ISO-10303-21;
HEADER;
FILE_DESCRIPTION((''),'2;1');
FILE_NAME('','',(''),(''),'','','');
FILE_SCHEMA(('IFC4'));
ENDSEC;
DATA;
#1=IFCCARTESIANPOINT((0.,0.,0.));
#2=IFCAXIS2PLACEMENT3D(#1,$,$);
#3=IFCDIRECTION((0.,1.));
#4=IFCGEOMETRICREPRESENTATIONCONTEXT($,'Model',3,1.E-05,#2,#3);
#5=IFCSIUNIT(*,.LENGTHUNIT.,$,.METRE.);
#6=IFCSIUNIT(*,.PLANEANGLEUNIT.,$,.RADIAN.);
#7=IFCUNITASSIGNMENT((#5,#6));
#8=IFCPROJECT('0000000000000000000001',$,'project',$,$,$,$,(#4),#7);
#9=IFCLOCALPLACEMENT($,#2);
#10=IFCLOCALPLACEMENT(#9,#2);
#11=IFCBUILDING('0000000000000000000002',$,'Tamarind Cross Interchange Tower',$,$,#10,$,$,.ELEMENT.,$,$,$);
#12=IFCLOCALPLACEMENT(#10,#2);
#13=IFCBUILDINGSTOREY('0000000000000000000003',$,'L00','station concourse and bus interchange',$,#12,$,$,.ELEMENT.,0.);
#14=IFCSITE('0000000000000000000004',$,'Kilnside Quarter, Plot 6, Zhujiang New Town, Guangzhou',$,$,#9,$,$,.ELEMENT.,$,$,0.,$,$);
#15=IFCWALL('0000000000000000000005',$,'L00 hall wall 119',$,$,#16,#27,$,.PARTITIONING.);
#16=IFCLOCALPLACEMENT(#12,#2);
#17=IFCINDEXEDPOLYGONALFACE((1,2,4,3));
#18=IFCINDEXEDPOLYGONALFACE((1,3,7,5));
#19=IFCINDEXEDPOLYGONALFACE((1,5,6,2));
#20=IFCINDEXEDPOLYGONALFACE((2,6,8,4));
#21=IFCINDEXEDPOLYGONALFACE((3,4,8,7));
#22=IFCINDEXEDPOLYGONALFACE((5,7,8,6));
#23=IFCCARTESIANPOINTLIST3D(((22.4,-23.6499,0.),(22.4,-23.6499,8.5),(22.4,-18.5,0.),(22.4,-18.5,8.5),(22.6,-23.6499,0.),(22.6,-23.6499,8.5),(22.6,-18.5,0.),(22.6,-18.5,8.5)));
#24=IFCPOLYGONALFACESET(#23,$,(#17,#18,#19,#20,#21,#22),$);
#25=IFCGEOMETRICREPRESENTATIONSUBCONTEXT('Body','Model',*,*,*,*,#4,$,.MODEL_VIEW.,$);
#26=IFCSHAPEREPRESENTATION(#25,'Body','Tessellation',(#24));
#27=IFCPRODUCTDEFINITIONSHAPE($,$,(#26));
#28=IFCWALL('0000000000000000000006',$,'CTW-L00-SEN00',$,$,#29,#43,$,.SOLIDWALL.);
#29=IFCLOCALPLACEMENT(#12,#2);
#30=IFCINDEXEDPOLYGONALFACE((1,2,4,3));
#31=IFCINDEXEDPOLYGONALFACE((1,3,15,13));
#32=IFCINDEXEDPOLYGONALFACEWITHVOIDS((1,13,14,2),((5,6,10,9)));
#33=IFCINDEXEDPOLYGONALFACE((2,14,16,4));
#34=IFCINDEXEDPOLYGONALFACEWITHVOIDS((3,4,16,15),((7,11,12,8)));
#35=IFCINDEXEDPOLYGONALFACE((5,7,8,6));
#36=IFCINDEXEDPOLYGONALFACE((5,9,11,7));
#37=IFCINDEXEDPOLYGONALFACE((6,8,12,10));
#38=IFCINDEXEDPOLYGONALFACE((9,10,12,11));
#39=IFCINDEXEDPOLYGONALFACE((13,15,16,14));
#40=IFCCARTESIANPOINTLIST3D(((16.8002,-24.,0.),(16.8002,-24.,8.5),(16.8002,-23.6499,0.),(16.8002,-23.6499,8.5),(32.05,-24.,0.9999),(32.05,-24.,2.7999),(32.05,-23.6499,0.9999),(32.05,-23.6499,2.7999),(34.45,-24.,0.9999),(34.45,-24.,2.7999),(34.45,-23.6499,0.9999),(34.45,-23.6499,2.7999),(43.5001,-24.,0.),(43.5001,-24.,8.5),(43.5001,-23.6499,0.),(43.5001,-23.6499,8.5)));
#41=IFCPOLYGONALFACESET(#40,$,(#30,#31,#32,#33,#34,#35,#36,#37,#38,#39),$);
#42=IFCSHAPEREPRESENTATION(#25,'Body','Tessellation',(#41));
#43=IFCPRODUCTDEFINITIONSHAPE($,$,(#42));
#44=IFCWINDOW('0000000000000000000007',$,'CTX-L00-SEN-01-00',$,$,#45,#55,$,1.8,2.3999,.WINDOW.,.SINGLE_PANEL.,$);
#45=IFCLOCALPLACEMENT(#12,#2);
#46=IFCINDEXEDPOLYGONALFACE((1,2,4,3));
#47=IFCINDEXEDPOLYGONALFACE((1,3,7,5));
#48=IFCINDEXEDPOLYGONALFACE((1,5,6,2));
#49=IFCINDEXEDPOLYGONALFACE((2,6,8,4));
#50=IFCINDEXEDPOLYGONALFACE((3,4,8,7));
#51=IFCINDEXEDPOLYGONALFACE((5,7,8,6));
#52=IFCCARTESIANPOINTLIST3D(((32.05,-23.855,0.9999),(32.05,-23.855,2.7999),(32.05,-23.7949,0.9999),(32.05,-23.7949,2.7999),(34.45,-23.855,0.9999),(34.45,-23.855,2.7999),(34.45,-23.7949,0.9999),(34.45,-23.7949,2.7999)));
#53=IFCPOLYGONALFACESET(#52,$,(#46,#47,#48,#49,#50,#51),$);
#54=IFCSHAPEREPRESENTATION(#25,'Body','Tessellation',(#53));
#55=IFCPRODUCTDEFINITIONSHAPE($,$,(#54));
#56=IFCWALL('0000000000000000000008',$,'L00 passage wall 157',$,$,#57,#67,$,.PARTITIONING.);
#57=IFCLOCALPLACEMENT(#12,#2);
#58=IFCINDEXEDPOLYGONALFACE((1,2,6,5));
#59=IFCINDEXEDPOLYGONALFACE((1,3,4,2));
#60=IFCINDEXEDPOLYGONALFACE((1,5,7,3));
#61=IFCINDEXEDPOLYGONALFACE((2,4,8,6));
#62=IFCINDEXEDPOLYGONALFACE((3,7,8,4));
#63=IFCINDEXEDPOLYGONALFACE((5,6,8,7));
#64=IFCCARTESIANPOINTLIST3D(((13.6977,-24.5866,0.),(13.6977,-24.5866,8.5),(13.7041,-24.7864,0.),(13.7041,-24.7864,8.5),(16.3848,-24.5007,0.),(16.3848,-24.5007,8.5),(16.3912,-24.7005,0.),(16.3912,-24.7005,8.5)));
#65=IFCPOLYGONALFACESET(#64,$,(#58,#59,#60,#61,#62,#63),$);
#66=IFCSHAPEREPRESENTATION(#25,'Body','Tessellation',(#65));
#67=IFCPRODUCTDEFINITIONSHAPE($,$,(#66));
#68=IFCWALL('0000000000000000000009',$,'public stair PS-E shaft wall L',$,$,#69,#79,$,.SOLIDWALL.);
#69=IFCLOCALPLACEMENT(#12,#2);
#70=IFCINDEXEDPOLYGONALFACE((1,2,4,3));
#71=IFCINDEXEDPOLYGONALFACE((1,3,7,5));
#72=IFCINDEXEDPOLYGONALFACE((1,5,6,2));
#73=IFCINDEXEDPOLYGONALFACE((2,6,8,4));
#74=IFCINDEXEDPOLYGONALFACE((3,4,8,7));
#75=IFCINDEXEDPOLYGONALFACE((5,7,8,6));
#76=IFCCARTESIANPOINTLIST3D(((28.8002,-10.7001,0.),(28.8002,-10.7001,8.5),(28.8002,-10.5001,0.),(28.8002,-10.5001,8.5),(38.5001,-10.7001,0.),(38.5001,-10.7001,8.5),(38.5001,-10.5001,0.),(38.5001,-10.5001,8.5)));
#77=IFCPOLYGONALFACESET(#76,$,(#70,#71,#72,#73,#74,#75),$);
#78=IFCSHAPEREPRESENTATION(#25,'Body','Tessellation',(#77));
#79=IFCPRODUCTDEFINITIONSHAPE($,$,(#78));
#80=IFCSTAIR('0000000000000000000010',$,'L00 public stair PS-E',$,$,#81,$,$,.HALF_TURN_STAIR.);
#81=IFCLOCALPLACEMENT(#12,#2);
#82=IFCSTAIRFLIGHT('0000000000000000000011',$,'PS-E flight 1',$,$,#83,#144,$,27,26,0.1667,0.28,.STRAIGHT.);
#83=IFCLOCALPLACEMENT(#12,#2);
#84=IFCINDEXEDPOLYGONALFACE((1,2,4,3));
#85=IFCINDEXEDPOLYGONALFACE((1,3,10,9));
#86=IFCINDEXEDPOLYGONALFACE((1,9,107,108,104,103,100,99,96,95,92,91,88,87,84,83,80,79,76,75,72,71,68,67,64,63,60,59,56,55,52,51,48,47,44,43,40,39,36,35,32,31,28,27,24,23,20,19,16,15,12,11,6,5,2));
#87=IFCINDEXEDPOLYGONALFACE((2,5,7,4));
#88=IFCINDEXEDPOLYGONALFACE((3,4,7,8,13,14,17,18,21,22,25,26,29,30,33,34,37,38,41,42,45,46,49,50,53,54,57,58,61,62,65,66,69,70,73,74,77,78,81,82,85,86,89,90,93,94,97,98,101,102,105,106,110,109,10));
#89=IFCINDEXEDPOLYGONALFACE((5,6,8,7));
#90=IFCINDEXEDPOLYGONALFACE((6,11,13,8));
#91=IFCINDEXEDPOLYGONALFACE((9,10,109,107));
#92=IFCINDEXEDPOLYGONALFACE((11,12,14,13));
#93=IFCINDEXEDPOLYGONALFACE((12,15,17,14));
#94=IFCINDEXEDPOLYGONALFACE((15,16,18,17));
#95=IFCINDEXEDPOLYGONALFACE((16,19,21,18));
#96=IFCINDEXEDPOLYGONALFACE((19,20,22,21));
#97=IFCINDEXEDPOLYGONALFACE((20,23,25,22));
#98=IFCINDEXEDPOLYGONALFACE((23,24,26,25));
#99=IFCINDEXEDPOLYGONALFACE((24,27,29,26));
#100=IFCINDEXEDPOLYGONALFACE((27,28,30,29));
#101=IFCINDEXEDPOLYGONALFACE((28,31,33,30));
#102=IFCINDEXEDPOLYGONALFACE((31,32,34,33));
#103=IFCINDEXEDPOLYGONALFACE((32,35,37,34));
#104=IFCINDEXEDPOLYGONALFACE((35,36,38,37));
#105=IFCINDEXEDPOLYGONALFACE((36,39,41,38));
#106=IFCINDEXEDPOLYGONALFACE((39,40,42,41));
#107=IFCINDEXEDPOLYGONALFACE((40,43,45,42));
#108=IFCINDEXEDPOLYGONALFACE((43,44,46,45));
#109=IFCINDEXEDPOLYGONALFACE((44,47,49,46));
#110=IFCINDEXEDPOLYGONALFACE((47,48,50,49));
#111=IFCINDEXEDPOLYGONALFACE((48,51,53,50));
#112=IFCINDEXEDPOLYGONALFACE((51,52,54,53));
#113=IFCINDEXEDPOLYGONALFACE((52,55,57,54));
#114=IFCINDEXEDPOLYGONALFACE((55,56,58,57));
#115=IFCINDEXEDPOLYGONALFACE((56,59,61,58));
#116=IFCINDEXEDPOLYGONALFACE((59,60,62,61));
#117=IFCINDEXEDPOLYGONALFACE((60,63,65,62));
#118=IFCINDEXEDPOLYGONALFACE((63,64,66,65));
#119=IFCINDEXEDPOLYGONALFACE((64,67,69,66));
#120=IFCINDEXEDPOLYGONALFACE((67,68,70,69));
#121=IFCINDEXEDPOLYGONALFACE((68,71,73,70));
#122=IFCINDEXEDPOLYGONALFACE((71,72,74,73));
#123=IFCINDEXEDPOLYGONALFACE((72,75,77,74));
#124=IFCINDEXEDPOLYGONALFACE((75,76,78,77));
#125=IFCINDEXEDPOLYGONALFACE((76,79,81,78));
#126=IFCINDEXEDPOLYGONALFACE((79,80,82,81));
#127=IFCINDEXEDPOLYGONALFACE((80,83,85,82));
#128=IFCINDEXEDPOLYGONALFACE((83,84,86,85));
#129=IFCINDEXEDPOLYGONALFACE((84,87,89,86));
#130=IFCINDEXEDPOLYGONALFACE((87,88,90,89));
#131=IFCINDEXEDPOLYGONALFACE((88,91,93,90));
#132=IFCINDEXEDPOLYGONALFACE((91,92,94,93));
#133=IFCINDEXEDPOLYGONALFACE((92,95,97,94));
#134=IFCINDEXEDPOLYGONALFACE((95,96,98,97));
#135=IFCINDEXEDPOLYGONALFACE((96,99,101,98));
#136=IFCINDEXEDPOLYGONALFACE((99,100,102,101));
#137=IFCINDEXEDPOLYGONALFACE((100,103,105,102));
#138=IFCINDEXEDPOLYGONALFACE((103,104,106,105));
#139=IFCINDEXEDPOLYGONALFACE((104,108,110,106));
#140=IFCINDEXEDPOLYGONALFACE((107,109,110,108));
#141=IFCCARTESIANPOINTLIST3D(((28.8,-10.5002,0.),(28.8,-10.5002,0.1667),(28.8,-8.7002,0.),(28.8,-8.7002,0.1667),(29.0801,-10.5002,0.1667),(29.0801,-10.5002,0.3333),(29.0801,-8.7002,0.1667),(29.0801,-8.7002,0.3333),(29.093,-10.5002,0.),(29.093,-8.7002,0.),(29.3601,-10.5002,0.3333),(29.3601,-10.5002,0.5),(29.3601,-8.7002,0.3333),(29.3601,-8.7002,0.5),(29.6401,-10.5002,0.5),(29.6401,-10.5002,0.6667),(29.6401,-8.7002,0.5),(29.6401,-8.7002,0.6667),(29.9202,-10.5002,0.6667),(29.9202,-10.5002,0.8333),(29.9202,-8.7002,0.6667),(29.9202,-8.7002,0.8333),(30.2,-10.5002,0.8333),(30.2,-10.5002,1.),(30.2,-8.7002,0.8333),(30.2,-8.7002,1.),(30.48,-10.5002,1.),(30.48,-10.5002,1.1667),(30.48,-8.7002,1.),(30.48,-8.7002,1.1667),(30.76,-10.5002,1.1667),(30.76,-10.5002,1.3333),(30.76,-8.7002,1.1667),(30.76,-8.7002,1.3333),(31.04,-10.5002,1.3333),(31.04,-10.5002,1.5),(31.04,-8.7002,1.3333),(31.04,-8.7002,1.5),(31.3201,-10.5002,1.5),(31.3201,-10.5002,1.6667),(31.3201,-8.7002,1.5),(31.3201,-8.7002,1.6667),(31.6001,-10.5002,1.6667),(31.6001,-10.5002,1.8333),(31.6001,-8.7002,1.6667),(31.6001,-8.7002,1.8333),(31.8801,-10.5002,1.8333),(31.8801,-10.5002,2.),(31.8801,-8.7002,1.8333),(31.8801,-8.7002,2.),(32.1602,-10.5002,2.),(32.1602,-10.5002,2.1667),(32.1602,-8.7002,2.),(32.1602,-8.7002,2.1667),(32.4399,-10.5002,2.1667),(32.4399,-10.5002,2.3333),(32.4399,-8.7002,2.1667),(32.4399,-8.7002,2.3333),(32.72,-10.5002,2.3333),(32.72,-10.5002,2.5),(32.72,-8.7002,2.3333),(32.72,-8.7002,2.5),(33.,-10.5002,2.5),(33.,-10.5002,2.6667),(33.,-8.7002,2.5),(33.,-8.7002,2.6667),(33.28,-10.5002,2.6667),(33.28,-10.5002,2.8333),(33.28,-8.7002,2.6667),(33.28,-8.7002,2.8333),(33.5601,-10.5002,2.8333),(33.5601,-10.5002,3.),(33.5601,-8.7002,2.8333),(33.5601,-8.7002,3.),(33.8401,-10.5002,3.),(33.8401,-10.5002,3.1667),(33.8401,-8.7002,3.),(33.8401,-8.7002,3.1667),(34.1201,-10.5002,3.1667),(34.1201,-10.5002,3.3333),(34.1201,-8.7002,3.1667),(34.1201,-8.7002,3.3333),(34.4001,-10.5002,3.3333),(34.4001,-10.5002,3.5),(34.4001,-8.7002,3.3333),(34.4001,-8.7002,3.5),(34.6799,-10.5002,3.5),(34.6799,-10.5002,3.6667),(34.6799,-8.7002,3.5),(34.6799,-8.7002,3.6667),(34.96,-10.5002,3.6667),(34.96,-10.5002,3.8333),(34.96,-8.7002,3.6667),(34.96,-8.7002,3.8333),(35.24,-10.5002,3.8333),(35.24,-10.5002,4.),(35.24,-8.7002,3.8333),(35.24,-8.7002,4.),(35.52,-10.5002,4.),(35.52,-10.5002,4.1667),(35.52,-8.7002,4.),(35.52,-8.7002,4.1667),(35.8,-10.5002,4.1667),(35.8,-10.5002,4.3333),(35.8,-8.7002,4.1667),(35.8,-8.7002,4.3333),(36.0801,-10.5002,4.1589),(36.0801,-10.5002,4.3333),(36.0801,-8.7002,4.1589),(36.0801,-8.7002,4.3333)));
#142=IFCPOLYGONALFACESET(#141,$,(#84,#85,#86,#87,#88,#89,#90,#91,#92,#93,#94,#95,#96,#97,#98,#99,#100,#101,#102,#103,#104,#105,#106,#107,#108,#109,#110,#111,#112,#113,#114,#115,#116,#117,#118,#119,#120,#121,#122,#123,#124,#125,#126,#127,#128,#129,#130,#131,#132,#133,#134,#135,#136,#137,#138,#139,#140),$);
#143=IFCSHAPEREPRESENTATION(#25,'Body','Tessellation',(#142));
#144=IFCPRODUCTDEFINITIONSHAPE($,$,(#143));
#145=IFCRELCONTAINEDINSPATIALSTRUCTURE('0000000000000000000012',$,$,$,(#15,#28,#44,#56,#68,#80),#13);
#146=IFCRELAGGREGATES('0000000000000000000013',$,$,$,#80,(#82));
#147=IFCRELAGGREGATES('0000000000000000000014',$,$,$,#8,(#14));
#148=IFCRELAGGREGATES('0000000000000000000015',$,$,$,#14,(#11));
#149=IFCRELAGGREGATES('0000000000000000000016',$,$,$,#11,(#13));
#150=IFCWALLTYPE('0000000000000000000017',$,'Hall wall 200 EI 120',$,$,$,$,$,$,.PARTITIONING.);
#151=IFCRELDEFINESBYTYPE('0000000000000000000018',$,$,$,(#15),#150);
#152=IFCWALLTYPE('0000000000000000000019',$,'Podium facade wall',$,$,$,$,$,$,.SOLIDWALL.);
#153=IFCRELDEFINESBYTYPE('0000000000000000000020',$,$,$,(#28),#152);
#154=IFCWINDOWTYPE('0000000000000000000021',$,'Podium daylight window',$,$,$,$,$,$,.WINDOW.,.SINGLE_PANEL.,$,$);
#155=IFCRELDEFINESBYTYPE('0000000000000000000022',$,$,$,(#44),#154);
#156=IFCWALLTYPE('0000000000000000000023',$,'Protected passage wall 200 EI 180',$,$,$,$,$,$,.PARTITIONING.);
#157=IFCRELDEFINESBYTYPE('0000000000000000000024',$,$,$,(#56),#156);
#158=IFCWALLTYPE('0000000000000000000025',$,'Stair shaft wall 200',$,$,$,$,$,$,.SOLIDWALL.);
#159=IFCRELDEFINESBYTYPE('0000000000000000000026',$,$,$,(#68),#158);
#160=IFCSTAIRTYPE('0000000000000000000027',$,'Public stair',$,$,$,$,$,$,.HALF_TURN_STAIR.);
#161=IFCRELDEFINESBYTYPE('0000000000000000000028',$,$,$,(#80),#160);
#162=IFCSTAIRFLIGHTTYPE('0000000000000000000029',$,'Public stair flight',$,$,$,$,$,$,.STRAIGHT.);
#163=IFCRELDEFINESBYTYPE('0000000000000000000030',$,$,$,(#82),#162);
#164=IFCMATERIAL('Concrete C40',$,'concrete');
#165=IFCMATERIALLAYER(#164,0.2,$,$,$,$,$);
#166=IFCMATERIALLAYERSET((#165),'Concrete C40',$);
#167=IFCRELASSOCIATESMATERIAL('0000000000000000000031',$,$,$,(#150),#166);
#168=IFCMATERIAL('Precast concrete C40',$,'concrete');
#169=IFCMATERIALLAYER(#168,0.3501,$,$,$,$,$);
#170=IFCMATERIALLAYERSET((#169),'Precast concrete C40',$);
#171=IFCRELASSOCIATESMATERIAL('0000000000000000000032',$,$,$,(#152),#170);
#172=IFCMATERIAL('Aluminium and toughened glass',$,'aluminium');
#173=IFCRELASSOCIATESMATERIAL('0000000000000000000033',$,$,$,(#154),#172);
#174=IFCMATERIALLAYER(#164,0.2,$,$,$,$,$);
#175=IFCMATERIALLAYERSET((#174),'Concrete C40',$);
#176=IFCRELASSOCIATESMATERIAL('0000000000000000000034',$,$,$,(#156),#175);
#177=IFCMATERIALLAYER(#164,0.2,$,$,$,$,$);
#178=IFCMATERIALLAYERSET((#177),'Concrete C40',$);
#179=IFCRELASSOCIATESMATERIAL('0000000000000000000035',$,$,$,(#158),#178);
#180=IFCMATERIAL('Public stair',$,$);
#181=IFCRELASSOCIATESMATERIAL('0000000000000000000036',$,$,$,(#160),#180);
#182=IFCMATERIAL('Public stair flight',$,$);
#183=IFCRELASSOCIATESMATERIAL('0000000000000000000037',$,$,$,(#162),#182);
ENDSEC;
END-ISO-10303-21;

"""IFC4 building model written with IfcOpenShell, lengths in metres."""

from ifc_helpers import new_model, si_unit, direction, frame, frame_2d, origin, place, context, subcontext, project, spatial, polyline, rectangle, outline, extrude, material, layer, layer_set, type_object, element, fill, aggregate, save


model = new_model("IFC4")

# Units and contexts
model_context = context("Model", 3, precision=1e-05, world=origin(), true_north=direction((0.0, 1.0)))
body_context = subcontext(model_context, "Body", "Model", "MODEL_VIEW")
ifc_project = project(units=[si_unit("LENGTHUNIT", "METRE"), si_unit("PLANEANGLEUNIT", "RADIAN")], contexts=[model_context])

# Site, building, storey
site_placement = place(None, origin())
site = spatial("IfcSite", under=ifc_project, at=site_placement, Name="Kilnside Quarter, Plot 6, Zhujiang New Town, Guangzhou", CompositionType="ELEMENT", RefElevation=0.0)
building_placement = place(site_placement, origin())
building = spatial("IfcBuilding", under=site, at=building_placement, Name="Tamarind Cross Interchange Tower", CompositionType="ELEMENT")
storey_placement = place(building_placement, origin())
storey = spatial("IfcBuildingStorey", under=building, at=storey_placement, Name="L00", Description="station concourse and bus interchange", CompositionType="ELEMENT", Elevation=0.0)

# Wall
ifc_material_1 = material(Name="Concrete C40", Category="concrete")
ifc_layer_1 = layer(ifc_material_1, 0.2)
ifc_layer_set_1 = layer_set([ifc_layer_1], Name="Concrete C40")
wall_type_1 = type_object("IfcWallType", Name="Hall wall 200 EI 120", PredefinedType="PARTITIONING", material=ifc_layer_set_1)
wall_1_placement = place(storey_placement, frame((22.5, -18.5, 0.0), z_axis=(0.0, 0.0, 1.0), x_axis=(0.0, -1.0, 0.0)))
element("IfcWall", 1, at=wall_1_placement, inside=storey, type_object=wall_type_1, Name="L00 hall wall 119", PredefinedType="PARTITIONING", context=body_context, shape_type="SweptSolid", body=[
    extrude(rectangle(XDim=5.1499, YDim=0.2, at=frame_2d((2.575, 0.0))), origin(), (0.0, 0.0, 1.0), 8.5),
])

# Wall, opening, window
ifc_material_2 = material(Name="Precast concrete C40", Category="concrete")
ifc_layer_2 = layer(ifc_material_2, 0.3501)
ifc_layer_set_2 = layer_set([ifc_layer_2], Name="Precast concrete C40")
wall_type_2 = type_object("IfcWallType", Name="Podium facade wall", PredefinedType="SOLIDWALL", material=ifc_layer_set_2)
wall_2_placement = place(storey_placement, frame((16.8, -23.825, 0.0), z_axis=(0.0, 0.0, 1.0), x_axis=(1.0, 0.0, 0.0)))
wall_2 = element("IfcWall", 2, at=wall_2_placement, inside=storey, type_object=wall_type_2, Name="CTW-L00-SEN00", PredefinedType="SOLIDWALL", context=body_context, shape_type="SweptSolid", body=[
    extrude(rectangle(XDim=26.7, YDim=0.3501, at=frame_2d((13.3501, 0.0))), origin(), (0.0, 0.0, 1.0), 8.5),
])
opening_1_placement = place(wall_2_placement, frame((15.25, 0.0, 1.0)))
opening_1 = element("IfcOpeningElement", 3, at=opening_1_placement, cuts=wall_2, PredefinedType="OPENING", context=body_context, shape_type="SweptSolid", body=[
    extrude(rectangle(XDim=2.3999, YDim=1.8, at=frame_2d((1.2, 0.8999))), frame((0.0, 0.1851, 0.0), z_axis=(0.0, -1.0, 0.0), x_axis=(1.0, 0.0, 0.0)), (0.0, 0.0, 1.0), 0.3701),
])
ifc_material_3 = material(Name="Aluminium and toughened glass", Category="aluminium")
window_type = type_object("IfcWindowType", Name="Podium daylight window", PartitioningType="SINGLE_PANEL", PredefinedType="WINDOW", material=ifc_material_3)
window_placement = place(opening_1_placement, origin())
window = element("IfcWindow", 4, at=window_placement, inside=storey, type_object=window_type, Name="CTX-L00-SEN-01-00", OverallHeight=1.8, OverallWidth=2.3999, PartitioningType="SINGLE_PANEL", PredefinedType="WINDOW", context=body_context, shape_type="SweptSolid", body=[
    extrude(rectangle(XDim=2.3999, YDim=1.8, at=frame_2d((1.2, 0.8999))), frame((0.0, 0.03, 0.0), z_axis=(0.0, -1.0, 0.0), x_axis=(1.0, 0.0, 0.0)), (0.0, 0.0, 1.0), 0.0601),
])
fill(opening_1, window)

# Walls
ifc_layer_3 = layer(ifc_material_1, 0.2)
ifc_layer_set_3 = layer_set([ifc_layer_3], Name="Concrete C40")
wall_type_3 = type_object("IfcWallType", Name="Protected passage wall 200 EI 180", PredefinedType="PARTITIONING", material=ifc_layer_set_3)
wall_3_placement = place(storey_placement, frame((13.7009, -24.6865, 0.0), z_axis=(0.0, 0.0, 1.0), x_axis=(0.999489, 0.031966, 0.0)))
element("IfcWall", 5, at=wall_3_placement, inside=storey, type_object=wall_type_3, Name="L00 passage wall 157", PredefinedType="PARTITIONING", context=body_context, shape_type="SweptSolid", body=[
    extrude(rectangle(XDim=2.6885, YDim=0.2, at=frame_2d((1.3442, 0.0))), origin(), (0.0, 0.0, 1.0), 8.5),
])
ifc_layer_4 = layer(ifc_material_1, 0.2)
ifc_layer_set_4 = layer_set([ifc_layer_4], Name="Concrete C40")
wall_type_4 = type_object("IfcWallType", Name="Stair shaft wall 200", PredefinedType="SOLIDWALL", material=ifc_layer_set_4)
wall_4_placement = place(storey_placement, frame((28.8, -10.6001, 0.0), z_axis=(0.0, 0.0, 1.0), x_axis=(1.0, 0.0, 0.0)))
element("IfcWall", 6, at=wall_4_placement, inside=storey, type_object=wall_type_4, Name="public stair PS-E shaft wall L", PredefinedType="SOLIDWALL", context=body_context, shape_type="SweptSolid", body=[
    extrude(rectangle(XDim=9.7, YDim=0.2, at=frame_2d((4.8501, 0.0))), origin(), (0.0, 0.0, 1.0), 8.5),
])

# Stair, stair flight
ifc_material_4 = material(Name="Public stair")
stair_type = type_object("IfcStairType", Name="Public stair", PredefinedType="HALF_TURN_STAIR", material=ifc_material_4)
stair_placement = place(storey_placement, origin())
stair = element("IfcStair", 7, at=stair_placement, inside=storey, type_object=stair_type, Name="L00 public stair PS-E", PredefinedType="HALF_TURN_STAIR")
ifc_material_5 = material(Name="Public stair flight")
stair_flight_type = type_object("IfcStairFlightType", Name="Public stair flight", PredefinedType="STRAIGHT", material=ifc_material_5)
stair_flight_placement = place(storey_placement, frame((28.8, -9.6001, 0.0), z_axis=(0.0, 0.0, 1.0), x_axis=(1.0, 0.0, 0.0)))
stair_flight = element("IfcStairFlight", 8, at=stair_flight_placement, type_object=stair_flight_type, Name="PS-E flight 1", NumberOfRisers=27, NumberOfTreads=26, PredefinedType="STRAIGHT", RiserHeight=0.1667, TreadLength=0.28, context=body_context, shape_type="SweptSolid", body=[
    extrude(outline(polyline([(0.0, 0.0), (0.0, 0.1667), (0.28, 0.1667), (0.28, 0.3333), (0.5601, 0.3333), (0.5601, 0.5), (0.8401, 0.5), (0.8401, 0.6667), (1.1201, 0.6667), (1.1201, 0.8333), (1.3999, 0.8333), (1.3999, 1.0), (1.6799, 1.0), (1.6799, 1.1667), (1.96, 1.1667), (1.96, 1.3333), (2.24, 1.3333), (2.24, 1.5), (2.52, 1.5), (2.52, 1.6667), (2.8, 1.6667), (2.8, 1.8333), (3.0801, 1.8333), (3.0801, 2.0), (3.3601, 2.0), (3.3601, 2.1667), (3.6399, 2.1667), (3.6399, 2.3333), (3.9199, 2.3333), (3.9199, 2.5), (4.2, 2.5), (4.2, 2.6667), (4.48, 2.6667), (4.48, 2.8333), (4.76, 2.8333), (4.76, 3.0), (5.04, 3.0), (5.04, 3.1667), (5.3201, 3.1667), (5.3201, 3.3333), (5.6001, 3.3333), (5.6001, 3.5), (5.8799, 3.5), (5.8799, 3.6667), (6.1599, 3.6667), (6.1599, 3.8333), (6.4399, 3.8333), (6.4399, 4.0), (6.72, 4.0), (6.72, 4.1667), (7.0, 4.1667), (7.0, 4.3333), (7.28, 4.3333), (7.28, 4.5), (7.28, 4.1589), (0.293, 0.0), (0.0, 0.0)])), frame((0.0, 0.8999, 0.0), z_axis=(0.0, -1.0, 0.0), x_axis=(1.0, 0.0, 0.0)), (0.0, 0.0, 1.0), 1.8),
])
aggregate(stair, [stair_flight])

save(model, "model.ifc")
